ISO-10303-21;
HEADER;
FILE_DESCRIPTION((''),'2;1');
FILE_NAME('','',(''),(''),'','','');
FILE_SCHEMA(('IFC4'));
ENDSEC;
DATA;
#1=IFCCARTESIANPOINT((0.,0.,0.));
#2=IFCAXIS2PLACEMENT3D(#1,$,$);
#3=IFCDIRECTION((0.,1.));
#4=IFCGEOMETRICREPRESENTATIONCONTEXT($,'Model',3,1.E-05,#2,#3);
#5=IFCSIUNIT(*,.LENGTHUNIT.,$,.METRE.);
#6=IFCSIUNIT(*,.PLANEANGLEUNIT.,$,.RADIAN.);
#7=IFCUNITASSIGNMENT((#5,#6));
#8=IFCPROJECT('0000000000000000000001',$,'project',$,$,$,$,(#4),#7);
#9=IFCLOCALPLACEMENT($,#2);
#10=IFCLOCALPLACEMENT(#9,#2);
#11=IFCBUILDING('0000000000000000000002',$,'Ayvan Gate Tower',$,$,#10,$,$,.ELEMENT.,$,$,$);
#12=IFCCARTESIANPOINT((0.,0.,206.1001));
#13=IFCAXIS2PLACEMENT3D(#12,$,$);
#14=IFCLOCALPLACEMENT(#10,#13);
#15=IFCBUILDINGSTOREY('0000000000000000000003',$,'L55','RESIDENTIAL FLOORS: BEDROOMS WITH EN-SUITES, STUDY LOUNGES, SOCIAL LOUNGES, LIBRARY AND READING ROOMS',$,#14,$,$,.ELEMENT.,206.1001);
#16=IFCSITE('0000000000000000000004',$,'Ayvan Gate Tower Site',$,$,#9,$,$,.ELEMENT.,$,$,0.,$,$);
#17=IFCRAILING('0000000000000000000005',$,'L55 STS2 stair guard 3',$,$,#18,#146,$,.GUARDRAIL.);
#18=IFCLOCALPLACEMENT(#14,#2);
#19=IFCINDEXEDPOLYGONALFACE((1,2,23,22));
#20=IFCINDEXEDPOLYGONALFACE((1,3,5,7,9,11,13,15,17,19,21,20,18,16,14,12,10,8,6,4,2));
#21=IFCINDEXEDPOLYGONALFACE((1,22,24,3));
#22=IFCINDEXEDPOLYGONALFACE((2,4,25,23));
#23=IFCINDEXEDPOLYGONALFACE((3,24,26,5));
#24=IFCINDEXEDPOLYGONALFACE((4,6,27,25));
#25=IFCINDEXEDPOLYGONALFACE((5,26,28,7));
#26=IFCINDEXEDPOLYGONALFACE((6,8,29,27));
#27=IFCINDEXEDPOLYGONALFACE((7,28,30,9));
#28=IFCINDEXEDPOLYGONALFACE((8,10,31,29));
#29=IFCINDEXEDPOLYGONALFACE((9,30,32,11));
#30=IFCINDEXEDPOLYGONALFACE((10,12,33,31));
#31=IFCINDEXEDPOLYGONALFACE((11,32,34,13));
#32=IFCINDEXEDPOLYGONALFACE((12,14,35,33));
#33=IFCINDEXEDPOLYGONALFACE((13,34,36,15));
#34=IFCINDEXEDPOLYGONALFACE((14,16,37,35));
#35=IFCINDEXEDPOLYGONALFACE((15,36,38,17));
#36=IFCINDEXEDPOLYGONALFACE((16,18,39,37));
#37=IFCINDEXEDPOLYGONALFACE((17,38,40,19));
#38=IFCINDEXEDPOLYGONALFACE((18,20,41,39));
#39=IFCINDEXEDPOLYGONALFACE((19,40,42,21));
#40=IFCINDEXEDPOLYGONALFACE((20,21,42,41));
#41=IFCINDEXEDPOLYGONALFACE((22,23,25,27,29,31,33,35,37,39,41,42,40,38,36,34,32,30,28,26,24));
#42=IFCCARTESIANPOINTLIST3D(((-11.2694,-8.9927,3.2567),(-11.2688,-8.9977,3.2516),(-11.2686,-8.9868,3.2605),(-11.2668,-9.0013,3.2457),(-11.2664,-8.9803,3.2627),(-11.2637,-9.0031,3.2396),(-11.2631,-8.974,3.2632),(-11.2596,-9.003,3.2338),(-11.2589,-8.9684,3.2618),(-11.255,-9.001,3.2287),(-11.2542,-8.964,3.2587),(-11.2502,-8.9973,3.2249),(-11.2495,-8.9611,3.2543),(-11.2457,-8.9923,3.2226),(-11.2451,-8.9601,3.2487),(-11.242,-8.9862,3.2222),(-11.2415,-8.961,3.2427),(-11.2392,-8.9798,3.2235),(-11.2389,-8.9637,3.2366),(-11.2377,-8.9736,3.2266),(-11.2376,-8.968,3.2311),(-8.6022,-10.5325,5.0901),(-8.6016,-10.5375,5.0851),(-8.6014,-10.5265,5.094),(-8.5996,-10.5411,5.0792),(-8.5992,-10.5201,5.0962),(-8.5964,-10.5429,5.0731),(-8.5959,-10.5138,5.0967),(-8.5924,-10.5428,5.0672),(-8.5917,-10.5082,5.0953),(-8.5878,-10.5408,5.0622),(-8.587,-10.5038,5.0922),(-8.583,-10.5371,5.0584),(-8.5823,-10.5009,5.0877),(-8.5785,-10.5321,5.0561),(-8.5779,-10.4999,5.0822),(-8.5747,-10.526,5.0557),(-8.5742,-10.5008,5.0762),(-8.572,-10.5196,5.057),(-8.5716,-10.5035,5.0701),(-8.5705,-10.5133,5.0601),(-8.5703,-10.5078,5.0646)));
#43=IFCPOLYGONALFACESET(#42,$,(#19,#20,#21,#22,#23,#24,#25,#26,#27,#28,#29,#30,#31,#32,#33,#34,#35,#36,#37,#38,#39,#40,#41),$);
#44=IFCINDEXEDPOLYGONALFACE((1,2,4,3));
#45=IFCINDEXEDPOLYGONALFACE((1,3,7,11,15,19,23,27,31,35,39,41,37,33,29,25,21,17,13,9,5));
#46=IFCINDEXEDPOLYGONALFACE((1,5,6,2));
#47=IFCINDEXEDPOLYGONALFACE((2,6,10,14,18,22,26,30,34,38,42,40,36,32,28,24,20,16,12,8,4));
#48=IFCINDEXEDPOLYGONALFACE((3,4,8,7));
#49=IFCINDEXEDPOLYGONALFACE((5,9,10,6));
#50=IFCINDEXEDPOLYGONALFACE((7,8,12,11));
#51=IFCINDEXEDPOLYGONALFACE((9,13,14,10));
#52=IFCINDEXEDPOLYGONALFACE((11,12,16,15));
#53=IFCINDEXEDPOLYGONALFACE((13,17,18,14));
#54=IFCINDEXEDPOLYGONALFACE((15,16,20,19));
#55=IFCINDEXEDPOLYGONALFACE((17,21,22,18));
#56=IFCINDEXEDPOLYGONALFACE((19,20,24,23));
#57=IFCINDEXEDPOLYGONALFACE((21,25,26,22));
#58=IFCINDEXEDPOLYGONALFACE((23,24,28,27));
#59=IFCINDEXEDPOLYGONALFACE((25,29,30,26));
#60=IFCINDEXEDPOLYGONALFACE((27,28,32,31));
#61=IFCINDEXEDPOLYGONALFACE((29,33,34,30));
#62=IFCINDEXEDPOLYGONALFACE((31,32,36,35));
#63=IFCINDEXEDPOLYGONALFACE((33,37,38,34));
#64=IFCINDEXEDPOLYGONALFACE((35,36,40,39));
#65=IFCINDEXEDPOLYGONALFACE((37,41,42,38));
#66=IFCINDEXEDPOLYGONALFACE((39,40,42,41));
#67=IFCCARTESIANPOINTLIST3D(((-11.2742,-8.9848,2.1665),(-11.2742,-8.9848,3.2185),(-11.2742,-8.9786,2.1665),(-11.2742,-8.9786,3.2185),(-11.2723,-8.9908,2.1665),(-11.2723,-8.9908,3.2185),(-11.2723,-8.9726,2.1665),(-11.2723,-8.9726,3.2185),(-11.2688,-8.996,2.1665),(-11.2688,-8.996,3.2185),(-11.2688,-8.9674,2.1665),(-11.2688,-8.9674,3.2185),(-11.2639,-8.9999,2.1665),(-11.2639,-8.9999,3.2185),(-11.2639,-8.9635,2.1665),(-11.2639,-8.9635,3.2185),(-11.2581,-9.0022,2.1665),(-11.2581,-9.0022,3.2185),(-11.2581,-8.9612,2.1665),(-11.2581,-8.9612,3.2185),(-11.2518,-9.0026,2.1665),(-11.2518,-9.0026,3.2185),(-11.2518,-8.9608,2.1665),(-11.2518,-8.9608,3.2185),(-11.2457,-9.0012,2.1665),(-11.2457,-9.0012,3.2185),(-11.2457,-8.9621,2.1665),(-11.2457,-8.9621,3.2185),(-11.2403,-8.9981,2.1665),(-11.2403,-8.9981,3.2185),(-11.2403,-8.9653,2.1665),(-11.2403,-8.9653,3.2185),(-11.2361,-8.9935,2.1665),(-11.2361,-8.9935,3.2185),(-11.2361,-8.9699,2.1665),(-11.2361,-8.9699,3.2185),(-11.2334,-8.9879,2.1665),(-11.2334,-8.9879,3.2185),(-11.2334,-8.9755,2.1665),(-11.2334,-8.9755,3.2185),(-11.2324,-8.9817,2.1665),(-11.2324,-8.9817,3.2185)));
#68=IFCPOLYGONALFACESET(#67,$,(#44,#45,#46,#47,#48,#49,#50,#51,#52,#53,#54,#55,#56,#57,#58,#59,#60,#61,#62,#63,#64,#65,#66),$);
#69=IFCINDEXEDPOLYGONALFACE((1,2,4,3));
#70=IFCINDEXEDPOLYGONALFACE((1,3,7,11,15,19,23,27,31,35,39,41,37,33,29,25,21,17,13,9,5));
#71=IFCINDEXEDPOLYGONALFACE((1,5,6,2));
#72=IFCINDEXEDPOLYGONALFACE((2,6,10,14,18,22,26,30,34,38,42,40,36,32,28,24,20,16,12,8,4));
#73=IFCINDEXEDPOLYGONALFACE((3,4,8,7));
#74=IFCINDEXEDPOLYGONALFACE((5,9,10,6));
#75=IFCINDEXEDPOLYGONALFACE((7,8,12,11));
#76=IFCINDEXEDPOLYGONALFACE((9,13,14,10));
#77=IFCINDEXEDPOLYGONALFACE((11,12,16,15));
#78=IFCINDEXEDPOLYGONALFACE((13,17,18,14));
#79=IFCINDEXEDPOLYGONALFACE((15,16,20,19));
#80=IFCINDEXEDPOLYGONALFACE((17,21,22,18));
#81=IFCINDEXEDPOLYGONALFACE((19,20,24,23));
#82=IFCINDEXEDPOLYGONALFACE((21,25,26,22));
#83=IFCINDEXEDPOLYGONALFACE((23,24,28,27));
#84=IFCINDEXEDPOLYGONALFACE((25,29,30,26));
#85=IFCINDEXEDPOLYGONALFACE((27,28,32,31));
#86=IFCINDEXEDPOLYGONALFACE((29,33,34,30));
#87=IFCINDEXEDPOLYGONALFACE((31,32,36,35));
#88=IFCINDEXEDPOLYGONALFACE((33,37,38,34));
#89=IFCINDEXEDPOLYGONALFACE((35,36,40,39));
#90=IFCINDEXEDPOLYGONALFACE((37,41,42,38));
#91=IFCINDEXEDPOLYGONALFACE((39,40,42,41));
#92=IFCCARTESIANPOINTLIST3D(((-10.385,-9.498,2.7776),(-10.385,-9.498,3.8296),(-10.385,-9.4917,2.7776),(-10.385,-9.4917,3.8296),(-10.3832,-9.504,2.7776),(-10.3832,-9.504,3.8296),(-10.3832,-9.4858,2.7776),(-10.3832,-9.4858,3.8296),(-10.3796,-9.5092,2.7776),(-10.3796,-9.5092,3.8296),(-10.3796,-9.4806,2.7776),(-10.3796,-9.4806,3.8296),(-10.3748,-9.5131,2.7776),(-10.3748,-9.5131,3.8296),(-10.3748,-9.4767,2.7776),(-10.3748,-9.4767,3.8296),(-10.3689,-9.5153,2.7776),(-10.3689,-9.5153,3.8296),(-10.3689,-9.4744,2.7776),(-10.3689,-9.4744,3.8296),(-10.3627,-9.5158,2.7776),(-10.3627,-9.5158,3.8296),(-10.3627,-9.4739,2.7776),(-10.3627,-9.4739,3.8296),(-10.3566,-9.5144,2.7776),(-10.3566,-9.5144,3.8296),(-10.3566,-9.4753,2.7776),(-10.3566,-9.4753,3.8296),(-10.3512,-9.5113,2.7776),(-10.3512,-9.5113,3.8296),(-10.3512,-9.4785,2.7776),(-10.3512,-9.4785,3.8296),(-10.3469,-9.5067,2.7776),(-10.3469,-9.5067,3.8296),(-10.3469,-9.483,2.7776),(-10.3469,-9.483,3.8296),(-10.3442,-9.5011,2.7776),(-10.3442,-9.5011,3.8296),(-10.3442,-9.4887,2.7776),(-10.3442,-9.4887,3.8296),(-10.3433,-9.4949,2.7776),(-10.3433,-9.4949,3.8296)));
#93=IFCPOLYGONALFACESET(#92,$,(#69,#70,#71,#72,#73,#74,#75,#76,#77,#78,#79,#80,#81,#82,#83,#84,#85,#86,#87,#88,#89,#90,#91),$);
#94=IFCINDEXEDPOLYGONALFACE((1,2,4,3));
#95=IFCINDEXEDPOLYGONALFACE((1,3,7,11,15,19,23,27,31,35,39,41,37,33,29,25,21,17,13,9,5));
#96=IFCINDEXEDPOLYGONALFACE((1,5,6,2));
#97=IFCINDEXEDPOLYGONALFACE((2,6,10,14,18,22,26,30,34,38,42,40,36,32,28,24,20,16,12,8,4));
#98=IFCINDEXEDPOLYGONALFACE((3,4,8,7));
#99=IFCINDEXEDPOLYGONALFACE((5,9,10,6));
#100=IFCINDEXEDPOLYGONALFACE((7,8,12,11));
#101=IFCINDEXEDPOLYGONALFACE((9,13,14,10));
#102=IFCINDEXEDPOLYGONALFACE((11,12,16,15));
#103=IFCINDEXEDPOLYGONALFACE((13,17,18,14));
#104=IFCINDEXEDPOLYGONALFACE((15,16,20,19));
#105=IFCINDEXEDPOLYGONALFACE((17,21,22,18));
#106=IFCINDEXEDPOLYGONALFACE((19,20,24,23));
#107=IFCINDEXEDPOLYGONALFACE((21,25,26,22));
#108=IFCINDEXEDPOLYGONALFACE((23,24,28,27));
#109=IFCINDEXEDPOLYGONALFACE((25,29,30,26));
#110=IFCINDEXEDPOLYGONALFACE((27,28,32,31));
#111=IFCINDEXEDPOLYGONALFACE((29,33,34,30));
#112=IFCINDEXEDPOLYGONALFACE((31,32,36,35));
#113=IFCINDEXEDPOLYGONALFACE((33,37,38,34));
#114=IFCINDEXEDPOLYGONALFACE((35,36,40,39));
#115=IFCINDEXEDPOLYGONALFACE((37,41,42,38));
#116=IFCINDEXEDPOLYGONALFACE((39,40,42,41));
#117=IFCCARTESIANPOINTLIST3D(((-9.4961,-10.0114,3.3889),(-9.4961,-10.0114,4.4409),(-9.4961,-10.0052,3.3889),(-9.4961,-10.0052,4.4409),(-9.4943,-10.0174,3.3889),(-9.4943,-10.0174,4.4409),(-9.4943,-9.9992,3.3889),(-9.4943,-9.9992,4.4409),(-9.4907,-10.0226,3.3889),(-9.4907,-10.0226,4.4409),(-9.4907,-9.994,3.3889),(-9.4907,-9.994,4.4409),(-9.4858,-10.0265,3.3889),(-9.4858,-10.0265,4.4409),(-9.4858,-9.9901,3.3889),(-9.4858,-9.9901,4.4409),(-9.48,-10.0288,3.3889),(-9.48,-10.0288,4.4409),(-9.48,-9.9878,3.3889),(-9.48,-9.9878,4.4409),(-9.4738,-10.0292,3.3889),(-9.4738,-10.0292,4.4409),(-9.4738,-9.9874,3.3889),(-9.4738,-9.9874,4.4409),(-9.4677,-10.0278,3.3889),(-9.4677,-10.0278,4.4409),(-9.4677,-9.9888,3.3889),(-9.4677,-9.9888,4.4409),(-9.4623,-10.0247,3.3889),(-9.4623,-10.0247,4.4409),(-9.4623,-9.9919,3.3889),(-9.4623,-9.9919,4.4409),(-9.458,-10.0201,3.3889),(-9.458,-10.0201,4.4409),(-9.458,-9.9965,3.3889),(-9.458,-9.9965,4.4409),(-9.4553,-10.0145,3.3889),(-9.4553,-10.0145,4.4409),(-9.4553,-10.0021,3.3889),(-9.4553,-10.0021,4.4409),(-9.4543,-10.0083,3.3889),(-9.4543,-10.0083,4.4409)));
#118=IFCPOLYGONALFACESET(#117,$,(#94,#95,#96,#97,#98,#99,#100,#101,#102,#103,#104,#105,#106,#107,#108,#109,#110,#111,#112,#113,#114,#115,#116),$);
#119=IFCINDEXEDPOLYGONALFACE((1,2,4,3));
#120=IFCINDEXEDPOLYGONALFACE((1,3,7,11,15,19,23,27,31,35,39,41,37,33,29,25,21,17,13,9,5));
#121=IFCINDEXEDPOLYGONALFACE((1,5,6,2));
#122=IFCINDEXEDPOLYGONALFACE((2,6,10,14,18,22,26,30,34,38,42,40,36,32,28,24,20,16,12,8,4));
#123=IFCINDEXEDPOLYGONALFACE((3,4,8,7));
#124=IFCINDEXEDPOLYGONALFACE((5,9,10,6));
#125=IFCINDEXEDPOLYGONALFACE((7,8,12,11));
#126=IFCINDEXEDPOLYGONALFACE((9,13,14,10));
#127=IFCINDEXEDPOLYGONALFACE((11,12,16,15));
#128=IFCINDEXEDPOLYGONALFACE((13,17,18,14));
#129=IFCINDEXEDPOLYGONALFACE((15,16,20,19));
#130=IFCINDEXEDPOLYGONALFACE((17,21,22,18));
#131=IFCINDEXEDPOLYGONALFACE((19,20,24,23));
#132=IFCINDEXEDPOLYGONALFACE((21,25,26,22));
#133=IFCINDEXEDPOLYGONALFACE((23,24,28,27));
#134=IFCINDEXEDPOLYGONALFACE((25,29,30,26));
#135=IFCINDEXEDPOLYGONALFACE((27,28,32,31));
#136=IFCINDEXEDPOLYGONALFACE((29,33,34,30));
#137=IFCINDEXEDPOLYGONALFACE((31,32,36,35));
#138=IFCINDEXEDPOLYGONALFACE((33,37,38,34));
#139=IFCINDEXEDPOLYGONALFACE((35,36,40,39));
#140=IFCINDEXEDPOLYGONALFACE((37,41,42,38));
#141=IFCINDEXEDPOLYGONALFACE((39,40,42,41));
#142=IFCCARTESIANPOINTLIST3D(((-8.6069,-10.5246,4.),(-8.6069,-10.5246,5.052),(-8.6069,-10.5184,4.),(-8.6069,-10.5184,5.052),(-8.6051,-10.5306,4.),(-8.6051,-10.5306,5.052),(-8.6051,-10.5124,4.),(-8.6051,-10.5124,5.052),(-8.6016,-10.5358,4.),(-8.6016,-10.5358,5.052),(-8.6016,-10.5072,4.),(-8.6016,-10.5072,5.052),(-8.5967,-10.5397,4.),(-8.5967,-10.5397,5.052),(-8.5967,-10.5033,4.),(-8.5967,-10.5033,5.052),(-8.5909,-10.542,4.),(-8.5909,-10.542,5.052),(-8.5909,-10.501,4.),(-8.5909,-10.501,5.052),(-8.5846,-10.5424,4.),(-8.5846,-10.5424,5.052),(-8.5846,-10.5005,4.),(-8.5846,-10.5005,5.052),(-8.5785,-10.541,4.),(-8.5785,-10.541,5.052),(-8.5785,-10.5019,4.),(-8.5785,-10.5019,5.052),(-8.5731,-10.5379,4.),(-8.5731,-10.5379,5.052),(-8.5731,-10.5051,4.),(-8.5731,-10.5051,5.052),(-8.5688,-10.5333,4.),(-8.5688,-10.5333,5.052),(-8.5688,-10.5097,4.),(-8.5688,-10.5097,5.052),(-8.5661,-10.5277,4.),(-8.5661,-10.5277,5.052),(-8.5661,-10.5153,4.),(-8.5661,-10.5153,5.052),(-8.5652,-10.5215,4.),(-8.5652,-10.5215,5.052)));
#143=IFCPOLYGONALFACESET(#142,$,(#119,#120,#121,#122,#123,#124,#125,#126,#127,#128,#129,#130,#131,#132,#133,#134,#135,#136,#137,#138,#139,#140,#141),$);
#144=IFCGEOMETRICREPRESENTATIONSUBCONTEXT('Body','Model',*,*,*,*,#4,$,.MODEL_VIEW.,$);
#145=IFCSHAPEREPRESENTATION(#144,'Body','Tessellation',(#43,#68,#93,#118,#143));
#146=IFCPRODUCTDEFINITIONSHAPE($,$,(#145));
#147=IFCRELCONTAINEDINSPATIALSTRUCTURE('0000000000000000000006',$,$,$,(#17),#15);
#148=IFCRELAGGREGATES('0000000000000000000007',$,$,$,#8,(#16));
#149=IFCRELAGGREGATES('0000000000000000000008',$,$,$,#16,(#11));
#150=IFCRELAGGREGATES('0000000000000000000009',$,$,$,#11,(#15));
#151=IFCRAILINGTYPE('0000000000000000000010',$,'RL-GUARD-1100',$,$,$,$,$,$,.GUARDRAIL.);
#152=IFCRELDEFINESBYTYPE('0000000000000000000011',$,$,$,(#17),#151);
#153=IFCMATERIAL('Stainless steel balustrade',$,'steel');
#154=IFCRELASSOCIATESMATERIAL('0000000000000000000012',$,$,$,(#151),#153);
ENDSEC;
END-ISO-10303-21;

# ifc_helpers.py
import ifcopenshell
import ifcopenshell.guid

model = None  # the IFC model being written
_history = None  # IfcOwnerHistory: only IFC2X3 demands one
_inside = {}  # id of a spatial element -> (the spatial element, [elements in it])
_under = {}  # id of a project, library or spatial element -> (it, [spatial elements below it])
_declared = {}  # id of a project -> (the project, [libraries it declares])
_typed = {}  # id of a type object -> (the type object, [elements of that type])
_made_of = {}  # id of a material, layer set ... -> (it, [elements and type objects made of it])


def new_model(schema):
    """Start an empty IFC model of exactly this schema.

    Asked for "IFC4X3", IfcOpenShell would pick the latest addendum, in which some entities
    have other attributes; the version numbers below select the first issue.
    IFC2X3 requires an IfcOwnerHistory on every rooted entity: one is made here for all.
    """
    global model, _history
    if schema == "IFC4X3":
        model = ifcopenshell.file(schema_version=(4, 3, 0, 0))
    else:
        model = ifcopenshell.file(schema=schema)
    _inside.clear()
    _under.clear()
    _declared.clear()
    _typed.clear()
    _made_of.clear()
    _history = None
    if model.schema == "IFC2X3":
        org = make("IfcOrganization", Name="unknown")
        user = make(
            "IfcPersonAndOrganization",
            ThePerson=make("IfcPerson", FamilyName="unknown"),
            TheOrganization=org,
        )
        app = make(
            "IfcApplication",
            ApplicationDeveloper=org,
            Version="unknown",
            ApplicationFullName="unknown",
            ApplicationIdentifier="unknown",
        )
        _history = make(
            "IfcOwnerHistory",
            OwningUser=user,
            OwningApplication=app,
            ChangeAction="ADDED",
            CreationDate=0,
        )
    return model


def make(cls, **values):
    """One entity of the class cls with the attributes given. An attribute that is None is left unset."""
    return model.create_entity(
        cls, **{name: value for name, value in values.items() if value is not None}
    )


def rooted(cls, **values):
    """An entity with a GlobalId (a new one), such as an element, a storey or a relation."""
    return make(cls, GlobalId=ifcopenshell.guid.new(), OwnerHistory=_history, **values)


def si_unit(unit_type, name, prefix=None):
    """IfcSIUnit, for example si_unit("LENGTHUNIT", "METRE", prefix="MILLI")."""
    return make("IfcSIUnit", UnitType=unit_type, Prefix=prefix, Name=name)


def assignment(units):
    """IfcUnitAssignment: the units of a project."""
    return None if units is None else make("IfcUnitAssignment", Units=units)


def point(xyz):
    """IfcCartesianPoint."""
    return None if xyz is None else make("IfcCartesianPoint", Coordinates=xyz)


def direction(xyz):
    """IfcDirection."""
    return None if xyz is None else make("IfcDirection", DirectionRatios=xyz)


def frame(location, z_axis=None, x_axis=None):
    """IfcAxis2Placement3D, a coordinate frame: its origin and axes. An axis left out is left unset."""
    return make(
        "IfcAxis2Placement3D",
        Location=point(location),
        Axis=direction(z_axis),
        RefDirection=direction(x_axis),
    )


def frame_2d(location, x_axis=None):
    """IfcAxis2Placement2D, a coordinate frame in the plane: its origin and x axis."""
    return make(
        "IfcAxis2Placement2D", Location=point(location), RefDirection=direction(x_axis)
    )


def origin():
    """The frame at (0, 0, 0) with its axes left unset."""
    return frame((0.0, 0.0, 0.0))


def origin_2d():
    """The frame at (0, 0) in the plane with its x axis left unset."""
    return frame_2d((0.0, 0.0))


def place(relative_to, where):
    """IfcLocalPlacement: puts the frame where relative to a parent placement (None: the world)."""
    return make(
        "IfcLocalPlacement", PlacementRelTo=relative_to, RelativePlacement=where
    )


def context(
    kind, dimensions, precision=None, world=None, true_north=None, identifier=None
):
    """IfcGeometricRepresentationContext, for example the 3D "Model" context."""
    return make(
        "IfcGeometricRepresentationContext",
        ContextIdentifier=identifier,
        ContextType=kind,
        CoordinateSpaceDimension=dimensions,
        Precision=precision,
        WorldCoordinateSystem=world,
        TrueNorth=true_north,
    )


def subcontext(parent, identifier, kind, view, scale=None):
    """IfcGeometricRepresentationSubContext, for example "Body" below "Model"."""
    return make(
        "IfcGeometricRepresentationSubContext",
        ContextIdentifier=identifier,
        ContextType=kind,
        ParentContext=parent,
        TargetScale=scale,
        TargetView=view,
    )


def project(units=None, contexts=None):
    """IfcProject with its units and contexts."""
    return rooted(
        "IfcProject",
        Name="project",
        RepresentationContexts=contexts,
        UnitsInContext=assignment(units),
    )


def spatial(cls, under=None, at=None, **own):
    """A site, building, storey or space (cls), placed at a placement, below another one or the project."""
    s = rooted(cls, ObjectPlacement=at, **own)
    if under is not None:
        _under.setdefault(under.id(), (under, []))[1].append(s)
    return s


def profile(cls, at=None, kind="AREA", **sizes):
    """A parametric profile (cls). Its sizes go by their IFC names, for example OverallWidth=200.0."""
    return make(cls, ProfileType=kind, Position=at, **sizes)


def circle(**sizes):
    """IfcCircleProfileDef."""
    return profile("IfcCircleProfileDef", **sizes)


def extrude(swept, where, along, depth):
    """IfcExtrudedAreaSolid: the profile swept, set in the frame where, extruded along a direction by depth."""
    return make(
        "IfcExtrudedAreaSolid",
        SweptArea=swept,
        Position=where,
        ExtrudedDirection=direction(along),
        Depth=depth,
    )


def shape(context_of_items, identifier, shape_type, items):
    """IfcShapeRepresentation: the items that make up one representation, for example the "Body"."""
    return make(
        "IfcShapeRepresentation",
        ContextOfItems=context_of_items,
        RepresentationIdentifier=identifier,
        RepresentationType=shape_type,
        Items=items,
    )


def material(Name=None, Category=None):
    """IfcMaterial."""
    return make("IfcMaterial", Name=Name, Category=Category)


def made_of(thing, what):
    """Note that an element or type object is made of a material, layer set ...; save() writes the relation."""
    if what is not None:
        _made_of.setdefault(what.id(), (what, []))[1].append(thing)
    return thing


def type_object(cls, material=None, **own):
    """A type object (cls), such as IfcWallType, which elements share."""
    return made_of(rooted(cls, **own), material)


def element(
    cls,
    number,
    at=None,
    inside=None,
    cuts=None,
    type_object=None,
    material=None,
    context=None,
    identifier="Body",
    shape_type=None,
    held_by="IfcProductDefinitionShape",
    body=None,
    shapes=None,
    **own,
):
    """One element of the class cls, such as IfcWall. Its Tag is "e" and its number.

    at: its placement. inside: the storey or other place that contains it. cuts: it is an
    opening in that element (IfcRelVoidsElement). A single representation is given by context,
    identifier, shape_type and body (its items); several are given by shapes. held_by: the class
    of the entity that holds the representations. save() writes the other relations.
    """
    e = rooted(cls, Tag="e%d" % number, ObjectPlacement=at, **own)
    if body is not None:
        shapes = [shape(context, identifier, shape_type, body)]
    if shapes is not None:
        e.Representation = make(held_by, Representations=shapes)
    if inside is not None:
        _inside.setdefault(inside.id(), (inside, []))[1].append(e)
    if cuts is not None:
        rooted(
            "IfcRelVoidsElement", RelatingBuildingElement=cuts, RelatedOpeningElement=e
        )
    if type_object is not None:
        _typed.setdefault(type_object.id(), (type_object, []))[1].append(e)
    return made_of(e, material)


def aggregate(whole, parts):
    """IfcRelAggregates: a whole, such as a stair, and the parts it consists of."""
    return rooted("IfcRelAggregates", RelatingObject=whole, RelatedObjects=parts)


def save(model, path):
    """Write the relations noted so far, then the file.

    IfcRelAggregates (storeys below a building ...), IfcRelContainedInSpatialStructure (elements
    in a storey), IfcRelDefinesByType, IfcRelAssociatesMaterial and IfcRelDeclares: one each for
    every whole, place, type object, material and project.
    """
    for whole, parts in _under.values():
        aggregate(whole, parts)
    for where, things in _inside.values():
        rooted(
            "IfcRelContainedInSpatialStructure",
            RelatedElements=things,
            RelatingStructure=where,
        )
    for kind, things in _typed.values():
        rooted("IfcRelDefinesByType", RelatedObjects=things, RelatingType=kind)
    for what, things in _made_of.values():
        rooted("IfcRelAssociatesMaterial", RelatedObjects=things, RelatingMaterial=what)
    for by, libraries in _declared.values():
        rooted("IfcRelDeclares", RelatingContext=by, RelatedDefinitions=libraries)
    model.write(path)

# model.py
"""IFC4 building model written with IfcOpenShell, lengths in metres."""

from ifc_helpers import new_model, si_unit, direction, frame, origin, origin_2d, place, context, subcontext, project, spatial, circle, extrude, material, type_object, element, save


model = new_model("IFC4")

# Units and contexts
model_context = context("Model", 3, precision=1e-05, world=origin(), true_north=direction((0.0, 1.0)))
body_context = subcontext(model_context, "Body", "Model", "MODEL_VIEW")
ifc_project = project(units=[si_unit("LENGTHUNIT", "METRE"), si_unit("PLANEANGLEUNIT", "RADIAN")], contexts=[model_context])

# Site, building, storey
site_placement = place(None, origin())
site = spatial("IfcSite", under=ifc_project, at=site_placement, Name="Ayvan Gate Tower Site", CompositionType="ELEMENT", RefElevation=0.0)
building_placement = place(site_placement, origin())
building = spatial("IfcBuilding", under=site, at=building_placement, Name="Ayvan Gate Tower", CompositionType="ELEMENT")
storey_placement = place(building_placement, frame((0.0, 0.0, 206.1001)))
storey = spatial("IfcBuildingStorey", under=building, at=storey_placement, Name="L55", Description="RESIDENTIAL FLOORS: BEDROOMS WITH EN-SUITES, STUDY LOUNGES, SOCIAL LOUNGES, LIBRARY AND READING ROOMS", CompositionType="ELEMENT", Elevation=206.1001)

# Railing
ifc_material_1 = material(Name="Stainless steel balustrade", Category="steel")
railing_type_1 = type_object("IfcRailingType", Name="RL-GUARD-1100", PredefinedType="GUARDRAIL", material=ifc_material_1)
railing_1_placement = place(storey_placement, frame((-11.2534, -8.9817, 2.1665)))
element("IfcRailing", 1, at=railing_1_placement, inside=storey, type_object=railing_type_1, Name="L55 STS2 stair guard 3", PredefinedType="GUARDRAIL", context=body_context, shape_type="SweptSolid", body=[
    extrude(circle(Radius=0.0239, at=origin_2d()), frame((0.0, 0.0, 1.0762), z_axis=(0.744155, -0.429601, 0.511543), x_axis=(0.499967, 0.866044, 0.0)), (0.0, 0.0, 1.0), 3.5842),
    extrude(circle(Radius=0.021, at=origin_2d()), origin(), (0.0, 0.0, 1.0), 1.052),
    extrude(circle(Radius=0.021, at=origin_2d()), frame((0.8892, -0.5132, 0.6111)), (0.0, 0.0, 1.0), 1.052),
    extrude(circle(Radius=0.021, at=origin_2d()), frame((1.7781, -1.0266, 1.2224)), (0.0, 0.0, 1.0), 1.052),
    extrude(circle(Radius=0.021, at=origin_2d()), frame((2.6672, -1.5398, 1.8335)), (0.0, 0.0, 1.0), 1.052),
])

save(model, "model.ifc")
